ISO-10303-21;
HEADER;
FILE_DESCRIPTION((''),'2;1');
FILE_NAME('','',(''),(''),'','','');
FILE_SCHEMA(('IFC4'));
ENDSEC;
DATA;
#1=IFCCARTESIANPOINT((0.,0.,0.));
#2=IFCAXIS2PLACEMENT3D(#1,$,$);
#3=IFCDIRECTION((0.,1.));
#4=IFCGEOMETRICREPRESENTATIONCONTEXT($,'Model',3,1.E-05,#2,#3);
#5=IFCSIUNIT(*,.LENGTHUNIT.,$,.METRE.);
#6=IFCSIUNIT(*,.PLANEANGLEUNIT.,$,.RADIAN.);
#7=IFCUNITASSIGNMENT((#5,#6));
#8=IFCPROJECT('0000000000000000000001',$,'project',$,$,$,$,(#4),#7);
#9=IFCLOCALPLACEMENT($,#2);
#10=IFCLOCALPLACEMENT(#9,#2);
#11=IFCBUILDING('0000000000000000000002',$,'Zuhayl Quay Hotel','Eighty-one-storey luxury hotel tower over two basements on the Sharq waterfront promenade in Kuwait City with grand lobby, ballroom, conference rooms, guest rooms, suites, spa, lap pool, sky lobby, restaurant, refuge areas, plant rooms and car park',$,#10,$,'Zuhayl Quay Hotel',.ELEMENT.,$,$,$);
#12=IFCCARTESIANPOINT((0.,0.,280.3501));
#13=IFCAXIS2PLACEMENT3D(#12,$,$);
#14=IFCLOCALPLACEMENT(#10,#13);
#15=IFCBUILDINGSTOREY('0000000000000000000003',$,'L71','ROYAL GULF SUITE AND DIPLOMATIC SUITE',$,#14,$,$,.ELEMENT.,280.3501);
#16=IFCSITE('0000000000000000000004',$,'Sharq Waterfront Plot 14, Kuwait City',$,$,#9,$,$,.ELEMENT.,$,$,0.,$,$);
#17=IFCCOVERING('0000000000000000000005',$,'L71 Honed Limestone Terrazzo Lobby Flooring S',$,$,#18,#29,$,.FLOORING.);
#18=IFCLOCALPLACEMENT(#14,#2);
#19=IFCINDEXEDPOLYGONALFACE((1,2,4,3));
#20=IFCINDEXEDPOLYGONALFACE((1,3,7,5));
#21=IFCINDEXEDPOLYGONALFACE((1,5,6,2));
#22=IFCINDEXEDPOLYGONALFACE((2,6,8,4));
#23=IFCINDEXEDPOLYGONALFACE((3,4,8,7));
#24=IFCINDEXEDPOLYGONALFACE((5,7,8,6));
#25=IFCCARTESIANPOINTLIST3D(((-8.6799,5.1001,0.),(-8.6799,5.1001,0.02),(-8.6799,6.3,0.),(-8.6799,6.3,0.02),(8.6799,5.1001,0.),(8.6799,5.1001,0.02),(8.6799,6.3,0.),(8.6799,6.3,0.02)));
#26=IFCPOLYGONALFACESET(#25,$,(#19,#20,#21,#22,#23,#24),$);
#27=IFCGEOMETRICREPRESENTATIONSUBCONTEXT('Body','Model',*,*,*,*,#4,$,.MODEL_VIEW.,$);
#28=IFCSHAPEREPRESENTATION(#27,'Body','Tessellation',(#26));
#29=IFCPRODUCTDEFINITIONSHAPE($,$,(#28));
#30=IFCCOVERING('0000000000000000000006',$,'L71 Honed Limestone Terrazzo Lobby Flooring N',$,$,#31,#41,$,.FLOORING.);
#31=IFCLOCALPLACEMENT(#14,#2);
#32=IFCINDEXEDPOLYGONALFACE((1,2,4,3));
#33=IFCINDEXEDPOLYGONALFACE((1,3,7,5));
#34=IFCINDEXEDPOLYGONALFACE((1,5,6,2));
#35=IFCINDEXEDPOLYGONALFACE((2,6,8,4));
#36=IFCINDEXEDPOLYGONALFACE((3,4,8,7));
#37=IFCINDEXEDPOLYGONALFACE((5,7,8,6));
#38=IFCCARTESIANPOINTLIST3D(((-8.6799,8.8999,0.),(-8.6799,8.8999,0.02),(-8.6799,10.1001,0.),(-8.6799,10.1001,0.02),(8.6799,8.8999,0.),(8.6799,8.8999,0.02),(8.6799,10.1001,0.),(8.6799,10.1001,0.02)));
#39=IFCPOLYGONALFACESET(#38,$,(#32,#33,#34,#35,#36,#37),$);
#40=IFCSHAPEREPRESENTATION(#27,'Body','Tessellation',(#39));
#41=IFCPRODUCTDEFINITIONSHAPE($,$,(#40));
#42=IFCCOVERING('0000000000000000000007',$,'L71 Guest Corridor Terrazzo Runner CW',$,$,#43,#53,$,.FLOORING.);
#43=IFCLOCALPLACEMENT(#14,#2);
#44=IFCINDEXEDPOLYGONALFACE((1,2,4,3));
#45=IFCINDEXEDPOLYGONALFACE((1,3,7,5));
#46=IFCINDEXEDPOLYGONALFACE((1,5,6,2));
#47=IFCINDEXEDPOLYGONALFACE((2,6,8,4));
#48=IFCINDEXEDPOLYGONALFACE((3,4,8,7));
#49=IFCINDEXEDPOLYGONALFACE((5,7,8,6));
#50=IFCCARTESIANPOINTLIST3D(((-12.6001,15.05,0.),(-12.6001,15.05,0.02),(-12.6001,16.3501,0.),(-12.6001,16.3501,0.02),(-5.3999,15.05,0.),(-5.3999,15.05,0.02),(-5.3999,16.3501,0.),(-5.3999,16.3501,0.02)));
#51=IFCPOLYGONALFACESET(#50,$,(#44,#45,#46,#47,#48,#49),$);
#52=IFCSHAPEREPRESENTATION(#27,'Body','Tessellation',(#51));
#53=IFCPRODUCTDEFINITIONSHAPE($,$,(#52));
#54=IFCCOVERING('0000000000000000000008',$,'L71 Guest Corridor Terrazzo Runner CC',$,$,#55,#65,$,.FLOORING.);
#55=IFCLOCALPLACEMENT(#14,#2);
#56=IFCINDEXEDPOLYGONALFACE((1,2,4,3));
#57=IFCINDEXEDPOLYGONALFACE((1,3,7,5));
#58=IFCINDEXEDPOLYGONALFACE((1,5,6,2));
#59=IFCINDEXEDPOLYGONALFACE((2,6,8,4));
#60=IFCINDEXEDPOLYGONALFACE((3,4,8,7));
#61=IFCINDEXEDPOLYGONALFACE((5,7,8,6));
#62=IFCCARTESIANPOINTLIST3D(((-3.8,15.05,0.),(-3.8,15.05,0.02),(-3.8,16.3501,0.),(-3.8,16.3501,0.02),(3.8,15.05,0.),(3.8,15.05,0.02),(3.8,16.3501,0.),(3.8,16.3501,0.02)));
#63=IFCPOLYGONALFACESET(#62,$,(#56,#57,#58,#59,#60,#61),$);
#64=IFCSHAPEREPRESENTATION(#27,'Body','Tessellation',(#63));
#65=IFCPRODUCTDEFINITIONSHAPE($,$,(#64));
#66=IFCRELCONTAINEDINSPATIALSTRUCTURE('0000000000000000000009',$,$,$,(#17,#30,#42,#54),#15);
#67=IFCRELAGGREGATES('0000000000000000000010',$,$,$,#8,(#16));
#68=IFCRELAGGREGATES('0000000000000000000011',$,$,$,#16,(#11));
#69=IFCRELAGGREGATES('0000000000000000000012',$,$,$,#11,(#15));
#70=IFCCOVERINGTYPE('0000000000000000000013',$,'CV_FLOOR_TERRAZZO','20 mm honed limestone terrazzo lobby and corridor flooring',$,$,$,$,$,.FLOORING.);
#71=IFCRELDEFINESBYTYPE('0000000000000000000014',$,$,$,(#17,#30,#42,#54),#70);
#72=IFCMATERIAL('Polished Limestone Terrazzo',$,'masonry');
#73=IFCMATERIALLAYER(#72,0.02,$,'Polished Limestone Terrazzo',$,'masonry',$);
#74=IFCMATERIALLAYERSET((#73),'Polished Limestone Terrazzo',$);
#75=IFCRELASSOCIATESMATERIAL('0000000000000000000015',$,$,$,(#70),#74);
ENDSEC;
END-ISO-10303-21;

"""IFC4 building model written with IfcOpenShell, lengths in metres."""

from ifc_helpers import new_model, si_unit, direction, frame, origin, place, context, subcontext, project, spatial, polyline, outline, extrude, material, layer, layer_set, type_object, element, save


model = new_model("IFC4")

# Units and contexts
model_context = context("Model", 3, precision=1e-05, world=origin(), true_north=direction((0.0, 1.0)))
body_context = subcontext(model_context, "Body", "Model", "MODEL_VIEW")
ifc_project = project(units=[si_unit("LENGTHUNIT", "METRE"), si_unit("PLANEANGLEUNIT", "RADIAN")], contexts=[model_context])

# Site, building, storey
site_placement = place(None, origin())
site = spatial("IfcSite", under=ifc_project, at=site_placement, Name="Sharq Waterfront Plot 14, Kuwait City", CompositionType="ELEMENT", RefElevation=0.0)
building_placement = place(site_placement, origin())
building = spatial("IfcBuilding", under=site, at=building_placement, Name="Zuhayl Quay Hotel", Description="Eighty-one-storey luxury hotel tower over two basements on the Sharq waterfront promenade in Kuwait City with grand lobby, ballroom, conference rooms, guest rooms, suites, spa, lap pool, sky lobby, restaurant, refuge areas, plant rooms and car park", LongName="Zuhayl Quay Hotel", CompositionType="ELEMENT")
storey_placement = place(building_placement, frame((0.0, 0.0, 280.3501)))
storey = spatial("IfcBuildingStorey", under=building, at=storey_placement, Name="L71", Description="ROYAL GULF SUITE AND DIPLOMATIC SUITE", CompositionType="ELEMENT", Elevation=280.3501)

# Coverings
ifc_material_1 = material(Name="Polished Limestone Terrazzo", Category="masonry")
ifc_layer_1 = layer(ifc_material_1, 0.02, Name="Polished Limestone Terrazzo", Category="masonry")
ifc_layer_set_1 = layer_set([ifc_layer_1], Name="Polished Limestone Terrazzo")
covering_type_1 = type_object("IfcCoveringType", Name="CV_FLOOR_TERRAZZO", Description="20 mm honed limestone terrazzo lobby and corridor flooring", PredefinedType="FLOORING", material=ifc_layer_set_1)
covering_1_placement = place(storey_placement, origin())
element("IfcCovering", 1, at=covering_1_placement, inside=storey, type_object=covering_type_1, Name="L71 Honed Limestone Terrazzo Lobby Flooring S", PredefinedType="FLOORING", context=body_context, shape_type="SweptSolid", body=[
    extrude(outline(polyline([(-8.6799, 5.1001), (8.6799, 5.1001), (8.6799, 6.3), (-8.6799, 6.3), (-8.6799, 5.1001)])), origin(), (0.0, 0.0, 1.0), 0.02),
])
covering_2_placement = place(storey_placement, origin())
element("IfcCovering", 2, at=covering_2_placement, inside=storey, type_object=covering_type_1, Name="L71 Honed Limestone Terrazzo Lobby Flooring N", PredefinedType="FLOORING", context=body_context, shape_type="SweptSolid", body=[
    extrude(outline(polyline([(-8.6799, 8.8999), (8.6799, 8.8999), (8.6799, 10.1001), (-8.6799, 10.1001), (-8.6799, 8.8999)])), origin(), (0.0, 0.0, 1.0), 0.02),
])
covering_3_placement = place(storey_placement, origin())
element("IfcCovering", 3, at=covering_3_placement, inside=storey, type_object=covering_type_1, Name="L71 Guest Corridor Terrazzo Runner CW", PredefinedType="FLOORING", context=body_context, shape_type="SweptSolid", body=[
    extrude(outline(polyline([(-12.6001, 15.05), (-5.3999, 15.05), (-5.3999, 16.3501), (-12.6001, 16.3501), (-12.6001, 15.05)])), origin(), (0.0, 0.0, 1.0), 0.02),
])
covering_4_placement = place(storey_placement, origin())
element("IfcCovering", 4, at=covering_4_placement, inside=storey, type_object=covering_type_1, Name="L71 Guest Corridor Terrazzo Runner CC", PredefinedType="FLOORING", context=body_context, shape_type="SweptSolid", body=[
    extrude(outline(polyline([(-3.8, 15.05), (3.8, 15.05), (3.8, 16.3501), (-3.8, 16.3501), (-3.8, 15.05)])), origin(), (0.0, 0.0, 1.0), 0.02),
])

save(model, "model.ifc")
